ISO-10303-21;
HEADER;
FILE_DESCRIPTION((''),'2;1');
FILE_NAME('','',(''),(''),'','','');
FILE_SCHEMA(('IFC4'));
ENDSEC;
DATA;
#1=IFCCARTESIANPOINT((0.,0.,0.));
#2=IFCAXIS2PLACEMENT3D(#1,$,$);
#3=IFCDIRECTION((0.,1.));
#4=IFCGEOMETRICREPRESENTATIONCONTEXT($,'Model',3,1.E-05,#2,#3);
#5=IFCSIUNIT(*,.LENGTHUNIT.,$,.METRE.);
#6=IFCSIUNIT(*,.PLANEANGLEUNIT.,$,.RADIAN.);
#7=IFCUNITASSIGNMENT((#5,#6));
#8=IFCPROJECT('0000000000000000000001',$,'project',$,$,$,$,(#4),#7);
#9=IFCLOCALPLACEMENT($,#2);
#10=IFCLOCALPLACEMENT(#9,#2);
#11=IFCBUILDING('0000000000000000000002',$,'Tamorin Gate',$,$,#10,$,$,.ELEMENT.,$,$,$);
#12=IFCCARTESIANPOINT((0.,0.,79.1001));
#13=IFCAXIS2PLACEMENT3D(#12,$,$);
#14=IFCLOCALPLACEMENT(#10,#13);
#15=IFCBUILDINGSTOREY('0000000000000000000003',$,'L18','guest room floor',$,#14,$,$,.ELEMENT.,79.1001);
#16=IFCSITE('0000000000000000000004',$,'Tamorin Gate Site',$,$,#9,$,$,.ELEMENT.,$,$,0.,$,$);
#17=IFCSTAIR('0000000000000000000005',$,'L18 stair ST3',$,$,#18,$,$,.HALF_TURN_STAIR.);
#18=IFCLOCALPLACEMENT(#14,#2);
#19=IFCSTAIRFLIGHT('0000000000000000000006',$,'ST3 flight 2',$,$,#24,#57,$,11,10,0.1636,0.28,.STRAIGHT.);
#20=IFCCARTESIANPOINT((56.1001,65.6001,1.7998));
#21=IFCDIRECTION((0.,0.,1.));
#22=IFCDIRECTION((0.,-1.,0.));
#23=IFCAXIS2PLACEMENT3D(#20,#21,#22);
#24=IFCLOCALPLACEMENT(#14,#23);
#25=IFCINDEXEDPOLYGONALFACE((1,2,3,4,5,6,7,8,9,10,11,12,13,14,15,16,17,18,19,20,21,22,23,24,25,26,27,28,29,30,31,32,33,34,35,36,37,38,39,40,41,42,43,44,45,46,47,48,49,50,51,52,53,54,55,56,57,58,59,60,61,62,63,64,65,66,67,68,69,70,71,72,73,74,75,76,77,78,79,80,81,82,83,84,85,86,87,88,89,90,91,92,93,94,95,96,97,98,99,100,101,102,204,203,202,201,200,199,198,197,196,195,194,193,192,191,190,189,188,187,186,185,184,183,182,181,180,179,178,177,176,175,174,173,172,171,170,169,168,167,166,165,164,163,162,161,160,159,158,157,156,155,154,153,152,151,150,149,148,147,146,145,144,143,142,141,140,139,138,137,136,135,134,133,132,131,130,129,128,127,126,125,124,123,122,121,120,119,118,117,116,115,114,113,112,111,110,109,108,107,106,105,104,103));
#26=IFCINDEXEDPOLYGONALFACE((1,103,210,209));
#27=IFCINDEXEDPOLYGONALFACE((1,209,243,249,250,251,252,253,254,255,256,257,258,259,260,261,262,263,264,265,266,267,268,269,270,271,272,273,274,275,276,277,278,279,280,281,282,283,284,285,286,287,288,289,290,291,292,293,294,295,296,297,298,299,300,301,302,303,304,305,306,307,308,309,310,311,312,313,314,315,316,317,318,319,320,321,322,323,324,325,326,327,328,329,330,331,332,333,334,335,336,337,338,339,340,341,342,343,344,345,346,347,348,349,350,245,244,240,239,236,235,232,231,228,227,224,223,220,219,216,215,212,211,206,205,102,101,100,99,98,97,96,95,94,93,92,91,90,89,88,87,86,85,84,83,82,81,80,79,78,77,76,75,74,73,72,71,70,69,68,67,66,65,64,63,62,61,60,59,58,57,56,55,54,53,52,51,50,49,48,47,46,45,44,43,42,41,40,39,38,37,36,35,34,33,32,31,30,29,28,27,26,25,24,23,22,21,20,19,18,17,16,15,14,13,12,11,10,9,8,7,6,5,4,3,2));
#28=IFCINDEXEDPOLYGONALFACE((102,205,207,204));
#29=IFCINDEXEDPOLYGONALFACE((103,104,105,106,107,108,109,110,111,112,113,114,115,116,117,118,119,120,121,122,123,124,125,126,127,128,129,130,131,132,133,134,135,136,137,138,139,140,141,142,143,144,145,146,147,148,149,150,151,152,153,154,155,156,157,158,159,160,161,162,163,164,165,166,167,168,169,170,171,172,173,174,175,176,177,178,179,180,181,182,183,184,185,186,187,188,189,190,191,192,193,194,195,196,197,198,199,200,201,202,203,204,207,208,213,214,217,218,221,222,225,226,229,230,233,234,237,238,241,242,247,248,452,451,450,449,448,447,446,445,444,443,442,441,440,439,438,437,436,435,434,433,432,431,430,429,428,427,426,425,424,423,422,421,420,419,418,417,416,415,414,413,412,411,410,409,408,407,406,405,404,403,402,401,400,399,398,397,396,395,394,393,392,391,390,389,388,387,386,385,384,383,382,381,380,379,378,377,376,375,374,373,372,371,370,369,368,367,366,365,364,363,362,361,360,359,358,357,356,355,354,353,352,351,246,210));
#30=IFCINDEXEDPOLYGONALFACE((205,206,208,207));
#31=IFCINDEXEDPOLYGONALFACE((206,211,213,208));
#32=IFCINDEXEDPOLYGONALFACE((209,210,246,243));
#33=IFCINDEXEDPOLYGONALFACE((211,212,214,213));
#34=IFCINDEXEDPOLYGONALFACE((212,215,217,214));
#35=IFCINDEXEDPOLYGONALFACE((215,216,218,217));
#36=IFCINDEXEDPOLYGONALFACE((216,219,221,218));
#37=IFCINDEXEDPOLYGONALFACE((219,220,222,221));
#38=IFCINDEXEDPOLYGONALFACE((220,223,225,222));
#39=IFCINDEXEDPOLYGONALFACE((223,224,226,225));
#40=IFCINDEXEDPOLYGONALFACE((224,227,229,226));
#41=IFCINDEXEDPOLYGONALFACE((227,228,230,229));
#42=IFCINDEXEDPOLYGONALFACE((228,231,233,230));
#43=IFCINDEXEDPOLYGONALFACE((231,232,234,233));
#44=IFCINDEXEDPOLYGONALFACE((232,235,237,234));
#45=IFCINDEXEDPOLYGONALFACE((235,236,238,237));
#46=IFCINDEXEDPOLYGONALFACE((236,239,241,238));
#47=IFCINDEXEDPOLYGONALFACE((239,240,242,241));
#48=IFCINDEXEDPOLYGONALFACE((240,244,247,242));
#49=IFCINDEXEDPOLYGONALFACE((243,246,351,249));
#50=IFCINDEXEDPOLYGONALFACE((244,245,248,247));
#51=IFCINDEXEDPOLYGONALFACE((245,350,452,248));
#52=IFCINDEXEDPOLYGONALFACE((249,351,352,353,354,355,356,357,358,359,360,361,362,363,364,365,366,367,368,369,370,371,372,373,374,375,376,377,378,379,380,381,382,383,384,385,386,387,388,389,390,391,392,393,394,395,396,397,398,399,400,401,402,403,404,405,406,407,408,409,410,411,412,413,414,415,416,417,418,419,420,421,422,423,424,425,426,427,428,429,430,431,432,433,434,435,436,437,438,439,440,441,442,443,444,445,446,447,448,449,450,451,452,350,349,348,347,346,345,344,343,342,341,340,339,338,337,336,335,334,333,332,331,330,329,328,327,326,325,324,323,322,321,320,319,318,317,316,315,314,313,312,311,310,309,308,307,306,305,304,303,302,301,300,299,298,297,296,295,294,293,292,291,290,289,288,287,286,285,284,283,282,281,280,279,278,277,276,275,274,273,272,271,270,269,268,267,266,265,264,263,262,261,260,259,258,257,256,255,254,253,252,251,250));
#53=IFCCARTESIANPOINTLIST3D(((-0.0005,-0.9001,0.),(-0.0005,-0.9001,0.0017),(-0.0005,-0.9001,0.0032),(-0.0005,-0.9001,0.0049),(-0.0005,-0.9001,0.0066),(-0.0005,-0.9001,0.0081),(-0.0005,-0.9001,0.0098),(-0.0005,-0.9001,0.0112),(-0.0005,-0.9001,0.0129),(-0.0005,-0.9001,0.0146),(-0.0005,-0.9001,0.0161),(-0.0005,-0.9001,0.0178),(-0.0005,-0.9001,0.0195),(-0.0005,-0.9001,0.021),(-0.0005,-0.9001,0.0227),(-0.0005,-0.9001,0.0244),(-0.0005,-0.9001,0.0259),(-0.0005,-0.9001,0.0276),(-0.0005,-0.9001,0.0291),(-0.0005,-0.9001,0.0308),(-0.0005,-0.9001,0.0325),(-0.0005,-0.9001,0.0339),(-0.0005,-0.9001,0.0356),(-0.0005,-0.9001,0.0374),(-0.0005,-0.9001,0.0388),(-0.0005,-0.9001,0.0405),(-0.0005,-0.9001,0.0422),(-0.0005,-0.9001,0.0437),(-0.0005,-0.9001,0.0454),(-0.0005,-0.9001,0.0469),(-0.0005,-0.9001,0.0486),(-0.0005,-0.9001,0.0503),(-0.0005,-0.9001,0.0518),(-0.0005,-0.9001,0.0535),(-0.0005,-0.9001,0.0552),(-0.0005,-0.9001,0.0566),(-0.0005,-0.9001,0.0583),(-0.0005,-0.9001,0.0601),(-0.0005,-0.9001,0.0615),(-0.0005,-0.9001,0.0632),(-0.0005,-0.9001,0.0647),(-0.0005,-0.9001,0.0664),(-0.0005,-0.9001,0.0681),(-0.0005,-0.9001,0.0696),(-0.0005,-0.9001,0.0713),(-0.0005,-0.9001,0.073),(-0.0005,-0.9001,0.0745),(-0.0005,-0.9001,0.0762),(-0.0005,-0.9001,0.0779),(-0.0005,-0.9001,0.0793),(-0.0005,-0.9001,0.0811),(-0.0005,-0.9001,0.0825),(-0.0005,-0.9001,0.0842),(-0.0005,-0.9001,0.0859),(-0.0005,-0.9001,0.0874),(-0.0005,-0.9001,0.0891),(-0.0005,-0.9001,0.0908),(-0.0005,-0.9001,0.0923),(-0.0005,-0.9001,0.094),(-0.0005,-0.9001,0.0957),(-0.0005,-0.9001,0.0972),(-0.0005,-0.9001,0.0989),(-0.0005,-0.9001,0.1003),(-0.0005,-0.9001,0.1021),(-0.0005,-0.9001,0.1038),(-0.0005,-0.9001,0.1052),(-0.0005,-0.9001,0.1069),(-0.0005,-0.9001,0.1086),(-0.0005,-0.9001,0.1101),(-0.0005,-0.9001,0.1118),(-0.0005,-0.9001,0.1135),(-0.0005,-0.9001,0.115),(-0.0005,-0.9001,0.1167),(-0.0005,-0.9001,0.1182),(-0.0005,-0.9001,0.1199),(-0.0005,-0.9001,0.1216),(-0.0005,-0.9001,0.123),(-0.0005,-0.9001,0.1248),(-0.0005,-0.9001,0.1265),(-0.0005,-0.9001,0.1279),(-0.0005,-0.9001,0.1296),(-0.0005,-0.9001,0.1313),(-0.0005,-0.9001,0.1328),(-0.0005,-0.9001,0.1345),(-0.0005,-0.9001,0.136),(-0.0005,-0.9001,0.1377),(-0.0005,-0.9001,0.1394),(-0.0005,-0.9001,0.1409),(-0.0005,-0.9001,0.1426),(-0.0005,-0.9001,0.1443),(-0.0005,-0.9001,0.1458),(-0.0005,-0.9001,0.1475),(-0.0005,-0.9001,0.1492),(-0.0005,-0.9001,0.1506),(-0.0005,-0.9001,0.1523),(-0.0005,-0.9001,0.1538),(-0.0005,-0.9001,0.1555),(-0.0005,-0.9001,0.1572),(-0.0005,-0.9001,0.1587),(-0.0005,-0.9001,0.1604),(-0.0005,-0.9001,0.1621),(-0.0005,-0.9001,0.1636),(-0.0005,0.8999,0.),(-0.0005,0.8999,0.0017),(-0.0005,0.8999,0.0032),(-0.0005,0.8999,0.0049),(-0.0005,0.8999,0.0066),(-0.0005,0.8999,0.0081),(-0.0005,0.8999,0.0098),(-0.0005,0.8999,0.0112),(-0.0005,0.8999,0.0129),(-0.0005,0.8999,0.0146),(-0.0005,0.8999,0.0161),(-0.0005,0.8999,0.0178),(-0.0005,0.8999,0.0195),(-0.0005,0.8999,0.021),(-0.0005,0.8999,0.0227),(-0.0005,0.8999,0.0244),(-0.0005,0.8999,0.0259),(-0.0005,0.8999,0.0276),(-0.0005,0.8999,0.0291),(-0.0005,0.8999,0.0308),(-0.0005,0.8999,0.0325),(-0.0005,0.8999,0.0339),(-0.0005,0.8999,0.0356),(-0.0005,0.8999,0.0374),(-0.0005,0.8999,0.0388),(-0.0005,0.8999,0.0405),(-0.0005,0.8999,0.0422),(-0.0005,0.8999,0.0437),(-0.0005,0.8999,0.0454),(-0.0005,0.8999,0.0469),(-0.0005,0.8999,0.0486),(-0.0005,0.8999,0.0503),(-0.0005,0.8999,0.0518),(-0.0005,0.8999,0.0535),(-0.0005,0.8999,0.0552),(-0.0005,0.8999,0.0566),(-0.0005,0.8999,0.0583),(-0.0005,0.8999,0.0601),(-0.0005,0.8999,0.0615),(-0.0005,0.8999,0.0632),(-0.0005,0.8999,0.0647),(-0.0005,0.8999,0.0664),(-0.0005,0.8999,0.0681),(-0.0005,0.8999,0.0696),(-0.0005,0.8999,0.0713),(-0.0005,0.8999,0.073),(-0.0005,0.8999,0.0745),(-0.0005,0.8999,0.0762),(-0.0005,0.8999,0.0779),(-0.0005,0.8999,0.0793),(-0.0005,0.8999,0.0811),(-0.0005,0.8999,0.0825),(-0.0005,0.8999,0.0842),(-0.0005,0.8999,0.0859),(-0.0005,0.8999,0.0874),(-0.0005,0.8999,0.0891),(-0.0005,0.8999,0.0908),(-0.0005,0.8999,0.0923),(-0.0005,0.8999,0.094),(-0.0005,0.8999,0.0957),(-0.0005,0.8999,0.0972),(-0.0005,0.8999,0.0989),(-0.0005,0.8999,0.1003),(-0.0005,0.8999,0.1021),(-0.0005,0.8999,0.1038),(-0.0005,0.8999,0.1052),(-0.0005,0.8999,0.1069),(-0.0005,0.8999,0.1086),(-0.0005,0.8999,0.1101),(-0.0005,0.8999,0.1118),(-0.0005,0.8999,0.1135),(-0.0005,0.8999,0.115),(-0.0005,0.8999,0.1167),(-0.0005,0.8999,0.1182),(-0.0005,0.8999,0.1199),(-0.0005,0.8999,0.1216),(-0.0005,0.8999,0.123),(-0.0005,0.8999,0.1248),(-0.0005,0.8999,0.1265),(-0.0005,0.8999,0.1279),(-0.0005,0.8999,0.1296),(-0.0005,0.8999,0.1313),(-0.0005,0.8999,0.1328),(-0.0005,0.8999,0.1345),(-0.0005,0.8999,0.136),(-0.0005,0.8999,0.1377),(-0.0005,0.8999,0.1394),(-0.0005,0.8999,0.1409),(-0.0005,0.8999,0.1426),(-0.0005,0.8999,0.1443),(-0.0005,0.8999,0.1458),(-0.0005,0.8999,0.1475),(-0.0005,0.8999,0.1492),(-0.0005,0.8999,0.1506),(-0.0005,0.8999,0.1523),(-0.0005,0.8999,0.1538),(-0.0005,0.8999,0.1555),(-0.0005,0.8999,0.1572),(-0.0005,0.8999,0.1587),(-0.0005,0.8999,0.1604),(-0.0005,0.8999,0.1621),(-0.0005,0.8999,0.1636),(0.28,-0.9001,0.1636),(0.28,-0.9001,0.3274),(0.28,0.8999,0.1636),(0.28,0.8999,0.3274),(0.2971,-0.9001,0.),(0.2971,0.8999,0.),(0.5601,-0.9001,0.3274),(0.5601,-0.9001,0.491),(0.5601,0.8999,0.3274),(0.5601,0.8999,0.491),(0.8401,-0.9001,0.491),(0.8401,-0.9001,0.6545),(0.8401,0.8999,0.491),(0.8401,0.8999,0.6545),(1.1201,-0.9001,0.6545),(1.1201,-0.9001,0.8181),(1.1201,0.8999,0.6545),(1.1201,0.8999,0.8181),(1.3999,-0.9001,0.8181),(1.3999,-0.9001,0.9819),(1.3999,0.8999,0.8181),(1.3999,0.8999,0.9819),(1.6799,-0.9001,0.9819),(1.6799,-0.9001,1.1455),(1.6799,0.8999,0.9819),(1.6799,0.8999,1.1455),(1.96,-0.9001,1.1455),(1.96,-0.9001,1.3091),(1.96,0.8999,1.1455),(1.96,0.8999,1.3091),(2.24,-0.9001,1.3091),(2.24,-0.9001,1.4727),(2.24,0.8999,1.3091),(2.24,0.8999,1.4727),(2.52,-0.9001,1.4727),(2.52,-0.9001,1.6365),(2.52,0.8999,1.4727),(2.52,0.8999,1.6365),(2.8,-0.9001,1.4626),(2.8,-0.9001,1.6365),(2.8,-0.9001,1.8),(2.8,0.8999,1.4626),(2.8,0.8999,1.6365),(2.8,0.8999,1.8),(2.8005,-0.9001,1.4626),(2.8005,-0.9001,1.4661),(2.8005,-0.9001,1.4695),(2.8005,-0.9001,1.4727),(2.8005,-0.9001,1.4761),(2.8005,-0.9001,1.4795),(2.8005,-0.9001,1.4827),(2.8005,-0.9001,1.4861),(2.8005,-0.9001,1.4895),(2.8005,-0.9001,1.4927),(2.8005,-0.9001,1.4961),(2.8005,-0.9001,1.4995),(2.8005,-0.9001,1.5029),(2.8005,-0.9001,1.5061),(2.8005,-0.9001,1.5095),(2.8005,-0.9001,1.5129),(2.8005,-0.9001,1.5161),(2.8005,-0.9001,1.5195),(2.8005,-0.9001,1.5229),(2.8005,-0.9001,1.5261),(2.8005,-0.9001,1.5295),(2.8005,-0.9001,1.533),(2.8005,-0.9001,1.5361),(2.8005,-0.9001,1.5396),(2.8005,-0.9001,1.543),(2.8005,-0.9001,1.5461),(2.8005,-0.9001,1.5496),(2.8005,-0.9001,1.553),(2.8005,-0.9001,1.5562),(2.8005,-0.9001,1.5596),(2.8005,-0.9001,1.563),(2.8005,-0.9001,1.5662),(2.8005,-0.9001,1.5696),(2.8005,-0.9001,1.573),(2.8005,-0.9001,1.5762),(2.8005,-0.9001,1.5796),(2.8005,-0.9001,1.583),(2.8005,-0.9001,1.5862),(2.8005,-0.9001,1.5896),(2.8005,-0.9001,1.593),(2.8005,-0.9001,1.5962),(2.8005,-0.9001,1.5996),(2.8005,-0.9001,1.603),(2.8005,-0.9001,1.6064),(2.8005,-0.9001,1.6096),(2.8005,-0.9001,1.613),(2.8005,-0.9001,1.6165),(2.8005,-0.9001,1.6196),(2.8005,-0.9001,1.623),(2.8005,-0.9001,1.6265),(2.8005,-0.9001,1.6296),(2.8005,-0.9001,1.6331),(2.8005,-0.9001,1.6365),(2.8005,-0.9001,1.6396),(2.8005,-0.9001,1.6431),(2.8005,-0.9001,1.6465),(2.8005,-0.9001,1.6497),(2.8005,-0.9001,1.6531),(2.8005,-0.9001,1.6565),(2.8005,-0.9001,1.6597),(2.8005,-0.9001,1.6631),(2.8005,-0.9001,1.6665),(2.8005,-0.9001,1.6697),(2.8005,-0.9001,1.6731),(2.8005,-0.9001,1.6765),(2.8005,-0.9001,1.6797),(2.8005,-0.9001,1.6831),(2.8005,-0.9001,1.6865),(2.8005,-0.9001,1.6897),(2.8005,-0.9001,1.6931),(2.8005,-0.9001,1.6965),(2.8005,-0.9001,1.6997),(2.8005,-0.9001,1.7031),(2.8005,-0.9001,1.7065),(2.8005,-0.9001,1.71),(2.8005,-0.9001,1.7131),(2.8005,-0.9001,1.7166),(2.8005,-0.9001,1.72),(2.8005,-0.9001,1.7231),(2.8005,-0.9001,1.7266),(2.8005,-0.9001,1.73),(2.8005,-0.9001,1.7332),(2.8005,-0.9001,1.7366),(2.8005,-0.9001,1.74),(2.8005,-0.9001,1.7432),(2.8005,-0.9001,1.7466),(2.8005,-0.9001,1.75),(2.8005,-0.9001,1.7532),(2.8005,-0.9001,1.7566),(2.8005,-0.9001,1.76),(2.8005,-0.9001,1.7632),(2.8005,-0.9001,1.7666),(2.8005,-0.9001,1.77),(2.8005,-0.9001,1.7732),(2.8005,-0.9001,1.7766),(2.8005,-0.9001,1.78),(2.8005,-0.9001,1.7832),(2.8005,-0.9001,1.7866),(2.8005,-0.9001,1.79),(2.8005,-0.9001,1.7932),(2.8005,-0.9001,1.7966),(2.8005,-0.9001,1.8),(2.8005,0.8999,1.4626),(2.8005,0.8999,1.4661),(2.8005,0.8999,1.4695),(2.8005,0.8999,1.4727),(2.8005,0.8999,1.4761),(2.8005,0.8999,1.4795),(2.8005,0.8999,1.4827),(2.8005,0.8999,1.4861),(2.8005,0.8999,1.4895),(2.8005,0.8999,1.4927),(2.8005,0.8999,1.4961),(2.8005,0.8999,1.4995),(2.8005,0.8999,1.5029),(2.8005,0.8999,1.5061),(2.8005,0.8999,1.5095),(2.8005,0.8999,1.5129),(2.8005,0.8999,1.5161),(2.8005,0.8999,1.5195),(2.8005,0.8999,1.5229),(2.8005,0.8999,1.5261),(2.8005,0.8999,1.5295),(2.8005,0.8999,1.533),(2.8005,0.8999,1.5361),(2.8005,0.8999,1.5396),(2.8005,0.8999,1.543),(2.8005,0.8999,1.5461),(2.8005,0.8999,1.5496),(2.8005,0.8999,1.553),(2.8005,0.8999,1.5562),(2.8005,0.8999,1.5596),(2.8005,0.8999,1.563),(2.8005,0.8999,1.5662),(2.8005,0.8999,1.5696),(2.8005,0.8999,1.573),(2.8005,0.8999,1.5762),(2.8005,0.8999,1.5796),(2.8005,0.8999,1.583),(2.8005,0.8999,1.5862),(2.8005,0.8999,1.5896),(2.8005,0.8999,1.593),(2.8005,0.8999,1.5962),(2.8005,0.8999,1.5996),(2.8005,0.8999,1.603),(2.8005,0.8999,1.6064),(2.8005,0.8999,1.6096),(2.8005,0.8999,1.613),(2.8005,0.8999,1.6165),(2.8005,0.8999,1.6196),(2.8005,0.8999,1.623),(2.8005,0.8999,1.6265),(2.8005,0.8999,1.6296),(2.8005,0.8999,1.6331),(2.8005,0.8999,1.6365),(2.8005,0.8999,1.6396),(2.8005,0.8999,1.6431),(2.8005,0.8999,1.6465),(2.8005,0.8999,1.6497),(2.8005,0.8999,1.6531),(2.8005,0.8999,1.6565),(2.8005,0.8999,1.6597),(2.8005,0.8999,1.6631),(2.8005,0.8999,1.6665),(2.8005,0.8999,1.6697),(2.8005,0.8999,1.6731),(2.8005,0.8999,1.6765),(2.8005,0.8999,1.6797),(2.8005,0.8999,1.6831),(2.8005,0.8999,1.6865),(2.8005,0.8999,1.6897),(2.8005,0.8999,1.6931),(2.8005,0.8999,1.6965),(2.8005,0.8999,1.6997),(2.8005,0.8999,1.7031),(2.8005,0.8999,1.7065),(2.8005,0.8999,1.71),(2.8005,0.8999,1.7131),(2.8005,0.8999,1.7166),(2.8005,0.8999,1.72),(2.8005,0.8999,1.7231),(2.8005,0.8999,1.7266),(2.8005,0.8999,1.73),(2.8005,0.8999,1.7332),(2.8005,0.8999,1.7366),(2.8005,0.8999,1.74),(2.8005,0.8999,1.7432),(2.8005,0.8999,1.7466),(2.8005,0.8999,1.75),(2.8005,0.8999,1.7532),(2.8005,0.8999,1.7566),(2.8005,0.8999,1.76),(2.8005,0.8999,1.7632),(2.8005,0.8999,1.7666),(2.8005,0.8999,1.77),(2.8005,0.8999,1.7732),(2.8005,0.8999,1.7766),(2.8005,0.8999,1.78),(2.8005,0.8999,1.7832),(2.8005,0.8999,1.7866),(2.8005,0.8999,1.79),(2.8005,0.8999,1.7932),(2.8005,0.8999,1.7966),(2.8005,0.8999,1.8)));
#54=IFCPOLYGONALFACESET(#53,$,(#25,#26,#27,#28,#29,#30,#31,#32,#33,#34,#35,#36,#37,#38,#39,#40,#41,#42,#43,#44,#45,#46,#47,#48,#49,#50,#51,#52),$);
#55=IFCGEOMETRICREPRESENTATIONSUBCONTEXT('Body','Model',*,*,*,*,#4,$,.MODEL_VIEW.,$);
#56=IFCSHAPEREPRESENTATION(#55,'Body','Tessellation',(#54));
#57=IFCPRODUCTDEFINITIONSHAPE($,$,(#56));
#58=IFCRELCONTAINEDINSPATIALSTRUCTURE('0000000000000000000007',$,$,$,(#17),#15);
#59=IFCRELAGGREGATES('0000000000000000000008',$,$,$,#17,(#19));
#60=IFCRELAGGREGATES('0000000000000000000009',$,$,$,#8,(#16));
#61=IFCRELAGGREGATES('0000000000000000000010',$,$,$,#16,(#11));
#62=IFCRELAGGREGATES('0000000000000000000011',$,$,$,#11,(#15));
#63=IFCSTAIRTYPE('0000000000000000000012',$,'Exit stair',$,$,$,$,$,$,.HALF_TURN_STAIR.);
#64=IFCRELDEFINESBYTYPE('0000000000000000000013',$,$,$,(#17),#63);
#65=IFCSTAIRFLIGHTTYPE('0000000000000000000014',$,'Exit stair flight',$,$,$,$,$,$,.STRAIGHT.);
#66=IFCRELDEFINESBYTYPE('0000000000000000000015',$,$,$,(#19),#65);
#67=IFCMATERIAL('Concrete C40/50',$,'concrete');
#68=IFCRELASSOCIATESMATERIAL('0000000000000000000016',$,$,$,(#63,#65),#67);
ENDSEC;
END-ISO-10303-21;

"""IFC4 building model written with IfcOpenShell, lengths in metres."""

from ifc_helpers import new_model, si_unit, direction, frame, origin, place, context, subcontext, project, spatial, polyline, outline, extrude, material, type_object, element, aggregate, save


model = new_model("IFC4")

# Units and contexts
model_context = context("Model", 3, precision=1e-05, world=origin(), true_north=direction((0.0, 1.0)))
body_context = subcontext(model_context, "Body", "Model", "MODEL_VIEW")
ifc_project = project(units=[si_unit("LENGTHUNIT", "METRE"), si_unit("PLANEANGLEUNIT", "RADIAN")], contexts=[model_context])

# Site, building, storey
site_placement = place(None, origin())
site = spatial("IfcSite", under=ifc_project, at=site_placement, Name="Tamorin Gate Site", CompositionType="ELEMENT", RefElevation=0.0)
building_placement = place(site_placement, origin())
building = spatial("IfcBuilding", under=site, at=building_placement, Name="Tamorin Gate", CompositionType="ELEMENT")
storey_placement = place(building_placement, frame((0.0, 0.0, 79.1001)))
storey = spatial("IfcBuildingStorey", under=building, at=storey_placement, Name="L18", Description="guest room floor", CompositionType="ELEMENT", Elevation=79.1001)

# Shared definitions
ifc_material_1 = material(Name="Concrete C40/50", Category="concrete")

# Stair, stair flight
stair_type = type_object("IfcStairType", Name="Exit stair", PredefinedType="HALF_TURN_STAIR", material=ifc_material_1)
stair_placement = place(storey_placement, origin())
stair = element("IfcStair", 1, at=stair_placement, inside=storey, type_object=stair_type, Name="L18 stair ST3", PredefinedType="HALF_TURN_STAIR")
stair_flight_type = type_object("IfcStairFlightType", Name="Exit stair flight", PredefinedType="STRAIGHT", material=ifc_material_1)
stair_flight_1_placement = place(storey_placement, frame((56.1001, 65.6001, 1.7998), z_axis=(0.0, 0.0, 1.0), x_axis=(0.0, -1.0, 0.0)))
stair_flight_1 = element("IfcStairFlight", 2, at=stair_flight_1_placement, type_object=stair_flight_type, Name="ST3 flight 2", NumberOfRisers=11, NumberOfTreads=10, PredefinedType="STRAIGHT", RiserHeight=0.1636, TreadLength=0.28, context=body_context, shape_type="SweptSolid", body=[
    extrude(outline(polyline([(-0.0005, 0.0), (-0.0005, 0.0017), (-0.0005, 0.0032), (-0.0005, 0.0049), (-0.0005, 0.0066), (-0.0005, 0.0081), (-0.0005, 0.0098), (-0.0005, 0.0112), (-0.0005, 0.0129), (-0.0005, 0.0146), (-0.0005, 0.0161), (-0.0005, 0.0178), (-0.0005, 0.0195), (-0.0005, 0.021), (-0.0005, 0.0227), (-0.0005, 0.0244), (-0.0005, 0.0259), (-0.0005, 0.0276), (-0.0005, 0.0291), (-0.0005, 0.0308), (-0.0005, 0.0325), (-0.0005, 0.0339), (-0.0005, 0.0356), (-0.0005, 0.0374), (-0.0005, 0.0388), (-0.0005, 0.0405), (-0.0005, 0.0422), (-0.0005, 0.0437), (-0.0005, 0.0454), (-0.0005, 0.0469), (-0.0005, 0.0486), (-0.0005, 0.0503), (-0.0005, 0.0518), (-0.0005, 0.0535), (-0.0005, 0.0552), (-0.0005, 0.0566), (-0.0005, 0.0583), (-0.0005, 0.0601), (-0.0005, 0.0615), (-0.0005, 0.0632), (-0.0005, 0.0647), (-0.0005, 0.0664), (-0.0005, 0.0681), (-0.0005, 0.0696), (-0.0005, 0.0713), (-0.0005, 0.073), (-0.0005, 0.0745), (-0.0005, 0.0762), (-0.0005, 0.0779), (-0.0005, 0.0793), (-0.0005, 0.0811), (-0.0005, 0.0825), (-0.0005, 0.0842), (-0.0005, 0.0859), (-0.0005, 0.0874), (-0.0005, 0.0891), (-0.0005, 0.0908), (-0.0005, 0.0923), (-0.0005, 0.094), (-0.0005, 0.0957), (-0.0005, 0.0972), (-0.0005, 0.0989), (-0.0005, 0.1003), (-0.0005, 0.1021), (-0.0005, 0.1038), (-0.0005, 0.1052), (-0.0005, 0.1069), (-0.0005, 0.1086), (-0.0005, 0.1101), (-0.0005, 0.1118), (-0.0005, 0.1135), (-0.0005, 0.115), (-0.0005, 0.1167), (-0.0005, 0.1182), (-0.0005, 0.1199), (-0.0005, 0.1216), (-0.0005, 0.123), (-0.0005, 0.1248), (-0.0005, 0.1265), (-0.0005, 0.1279), (-0.0005, 0.1296), (-0.0005, 0.1313), (-0.0005, 0.1328), (-0.0005, 0.1345), (-0.0005, 0.136), (-0.0005, 0.1377), (-0.0005, 0.1394), (-0.0005, 0.1409), (-0.0005, 0.1426), (-0.0005, 0.1443), (-0.0005, 0.1458), (-0.0005, 0.1475), (-0.0005, 0.1492), (-0.0005, 0.1506), (-0.0005, 0.1523), (-0.0005, 0.1538), (-0.0005, 0.1555), (-0.0005, 0.1572), (-0.0005, 0.1587), (-0.0005, 0.1604), (-0.0005, 0.1621), (-0.0005, 0.1636), (0.28, 0.1636), (0.28, 0.3274), (0.5601, 0.3274), (0.5601, 0.491), (0.8401, 0.491), (0.8401, 0.6545), (1.1201, 0.6545), (1.1201, 0.8181), (1.3999, 0.8181), (1.3999, 0.9819), (1.6799, 0.9819), (1.6799, 1.1455), (1.96, 1.1455), (1.96, 1.3091), (2.24, 1.3091), (2.24, 1.4727), (2.52, 1.4727), (2.52, 1.6365), (2.8, 1.6365), (2.8, 1.8), (2.8005, 1.8), (2.8005, 1.7966), (2.8005, 1.7932), (2.8005, 1.79), (2.8005, 1.7866), (2.8005, 1.7832), (2.8005, 1.78), (2.8005, 1.7766), (2.8005, 1.7732), (2.8005, 1.77), (2.8005, 1.7666), (2.8005, 1.7632), (2.8005, 1.76), (2.8005, 1.7566), (2.8005, 1.7532), (2.8005, 1.75), (2.8005, 1.7466), (2.8005, 1.7432), (2.8005, 1.74), (2.8005, 1.7366), (2.8005, 1.7332), (2.8005, 1.73), (2.8005, 1.7266), (2.8005, 1.7231), (2.8005, 1.72), (2.8005, 1.7166), (2.8005, 1.7131), (2.8005, 1.71), (2.8005, 1.7065), (2.8005, 1.7031), (2.8005, 1.6997), (2.8005, 1.6965), (2.8005, 1.6931), (2.8005, 1.6897), (2.8005, 1.6865), (2.8005, 1.6831), (2.8005, 1.6797), (2.8005, 1.6765), (2.8005, 1.6731), (2.8005, 1.6697), (2.8005, 1.6665), (2.8005, 1.6631), (2.8005, 1.6597), (2.8005, 1.6565), (2.8005, 1.6531), (2.8005, 1.6497), (2.8005, 1.6465), (2.8005, 1.6431), (2.8005, 1.6396), (2.8005, 1.6365), (2.8005, 1.6331), (2.8005, 1.6296), (2.8005, 1.6265), (2.8005, 1.623), (2.8005, 1.6196), (2.8005, 1.6165), (2.8005, 1.613), (2.8005, 1.6096), (2.8005, 1.6064), (2.8005, 1.603), (2.8005, 1.5996), (2.8005, 1.5962), (2.8005, 1.593), (2.8005, 1.5896), (2.8005, 1.5862), (2.8005, 1.583), (2.8005, 1.5796), (2.8005, 1.5762), (2.8005, 1.573), (2.8005, 1.5696), (2.8005, 1.5662), (2.8005, 1.563), (2.8005, 1.5596), (2.8005, 1.5562), (2.8005, 1.553), (2.8005, 1.5496), (2.8005, 1.5461), (2.8005, 1.543), (2.8005, 1.5396), (2.8005, 1.5361), (2.8005, 1.533), (2.8005, 1.5295), (2.8005, 1.5261), (2.8005, 1.5229), (2.8005, 1.5195), (2.8005, 1.5161), (2.8005, 1.5129), (2.8005, 1.5095), (2.8005, 1.5061), (2.8005, 1.5029), (2.8005, 1.4995), (2.8005, 1.4961), (2.8005, 1.4927), (2.8005, 1.4895), (2.8005, 1.4861), (2.8005, 1.4827), (2.8005, 1.4795), (2.8005, 1.4761), (2.8005, 1.4727), (2.8005, 1.4695), (2.8005, 1.4661), (2.8005, 1.4626), (2.8, 1.4626), (0.2971, 0.0), (-0.0005, 0.0)])), frame((0.0, 0.8999, 0.0), z_axis=(0.0, -1.0, 0.0), x_axis=(1.0, 0.0, 0.0)), (0.0, 0.0, 1.0), 1.8),
])
aggregate(stair, [stair_flight_1])

save(model, "model.ifc")
